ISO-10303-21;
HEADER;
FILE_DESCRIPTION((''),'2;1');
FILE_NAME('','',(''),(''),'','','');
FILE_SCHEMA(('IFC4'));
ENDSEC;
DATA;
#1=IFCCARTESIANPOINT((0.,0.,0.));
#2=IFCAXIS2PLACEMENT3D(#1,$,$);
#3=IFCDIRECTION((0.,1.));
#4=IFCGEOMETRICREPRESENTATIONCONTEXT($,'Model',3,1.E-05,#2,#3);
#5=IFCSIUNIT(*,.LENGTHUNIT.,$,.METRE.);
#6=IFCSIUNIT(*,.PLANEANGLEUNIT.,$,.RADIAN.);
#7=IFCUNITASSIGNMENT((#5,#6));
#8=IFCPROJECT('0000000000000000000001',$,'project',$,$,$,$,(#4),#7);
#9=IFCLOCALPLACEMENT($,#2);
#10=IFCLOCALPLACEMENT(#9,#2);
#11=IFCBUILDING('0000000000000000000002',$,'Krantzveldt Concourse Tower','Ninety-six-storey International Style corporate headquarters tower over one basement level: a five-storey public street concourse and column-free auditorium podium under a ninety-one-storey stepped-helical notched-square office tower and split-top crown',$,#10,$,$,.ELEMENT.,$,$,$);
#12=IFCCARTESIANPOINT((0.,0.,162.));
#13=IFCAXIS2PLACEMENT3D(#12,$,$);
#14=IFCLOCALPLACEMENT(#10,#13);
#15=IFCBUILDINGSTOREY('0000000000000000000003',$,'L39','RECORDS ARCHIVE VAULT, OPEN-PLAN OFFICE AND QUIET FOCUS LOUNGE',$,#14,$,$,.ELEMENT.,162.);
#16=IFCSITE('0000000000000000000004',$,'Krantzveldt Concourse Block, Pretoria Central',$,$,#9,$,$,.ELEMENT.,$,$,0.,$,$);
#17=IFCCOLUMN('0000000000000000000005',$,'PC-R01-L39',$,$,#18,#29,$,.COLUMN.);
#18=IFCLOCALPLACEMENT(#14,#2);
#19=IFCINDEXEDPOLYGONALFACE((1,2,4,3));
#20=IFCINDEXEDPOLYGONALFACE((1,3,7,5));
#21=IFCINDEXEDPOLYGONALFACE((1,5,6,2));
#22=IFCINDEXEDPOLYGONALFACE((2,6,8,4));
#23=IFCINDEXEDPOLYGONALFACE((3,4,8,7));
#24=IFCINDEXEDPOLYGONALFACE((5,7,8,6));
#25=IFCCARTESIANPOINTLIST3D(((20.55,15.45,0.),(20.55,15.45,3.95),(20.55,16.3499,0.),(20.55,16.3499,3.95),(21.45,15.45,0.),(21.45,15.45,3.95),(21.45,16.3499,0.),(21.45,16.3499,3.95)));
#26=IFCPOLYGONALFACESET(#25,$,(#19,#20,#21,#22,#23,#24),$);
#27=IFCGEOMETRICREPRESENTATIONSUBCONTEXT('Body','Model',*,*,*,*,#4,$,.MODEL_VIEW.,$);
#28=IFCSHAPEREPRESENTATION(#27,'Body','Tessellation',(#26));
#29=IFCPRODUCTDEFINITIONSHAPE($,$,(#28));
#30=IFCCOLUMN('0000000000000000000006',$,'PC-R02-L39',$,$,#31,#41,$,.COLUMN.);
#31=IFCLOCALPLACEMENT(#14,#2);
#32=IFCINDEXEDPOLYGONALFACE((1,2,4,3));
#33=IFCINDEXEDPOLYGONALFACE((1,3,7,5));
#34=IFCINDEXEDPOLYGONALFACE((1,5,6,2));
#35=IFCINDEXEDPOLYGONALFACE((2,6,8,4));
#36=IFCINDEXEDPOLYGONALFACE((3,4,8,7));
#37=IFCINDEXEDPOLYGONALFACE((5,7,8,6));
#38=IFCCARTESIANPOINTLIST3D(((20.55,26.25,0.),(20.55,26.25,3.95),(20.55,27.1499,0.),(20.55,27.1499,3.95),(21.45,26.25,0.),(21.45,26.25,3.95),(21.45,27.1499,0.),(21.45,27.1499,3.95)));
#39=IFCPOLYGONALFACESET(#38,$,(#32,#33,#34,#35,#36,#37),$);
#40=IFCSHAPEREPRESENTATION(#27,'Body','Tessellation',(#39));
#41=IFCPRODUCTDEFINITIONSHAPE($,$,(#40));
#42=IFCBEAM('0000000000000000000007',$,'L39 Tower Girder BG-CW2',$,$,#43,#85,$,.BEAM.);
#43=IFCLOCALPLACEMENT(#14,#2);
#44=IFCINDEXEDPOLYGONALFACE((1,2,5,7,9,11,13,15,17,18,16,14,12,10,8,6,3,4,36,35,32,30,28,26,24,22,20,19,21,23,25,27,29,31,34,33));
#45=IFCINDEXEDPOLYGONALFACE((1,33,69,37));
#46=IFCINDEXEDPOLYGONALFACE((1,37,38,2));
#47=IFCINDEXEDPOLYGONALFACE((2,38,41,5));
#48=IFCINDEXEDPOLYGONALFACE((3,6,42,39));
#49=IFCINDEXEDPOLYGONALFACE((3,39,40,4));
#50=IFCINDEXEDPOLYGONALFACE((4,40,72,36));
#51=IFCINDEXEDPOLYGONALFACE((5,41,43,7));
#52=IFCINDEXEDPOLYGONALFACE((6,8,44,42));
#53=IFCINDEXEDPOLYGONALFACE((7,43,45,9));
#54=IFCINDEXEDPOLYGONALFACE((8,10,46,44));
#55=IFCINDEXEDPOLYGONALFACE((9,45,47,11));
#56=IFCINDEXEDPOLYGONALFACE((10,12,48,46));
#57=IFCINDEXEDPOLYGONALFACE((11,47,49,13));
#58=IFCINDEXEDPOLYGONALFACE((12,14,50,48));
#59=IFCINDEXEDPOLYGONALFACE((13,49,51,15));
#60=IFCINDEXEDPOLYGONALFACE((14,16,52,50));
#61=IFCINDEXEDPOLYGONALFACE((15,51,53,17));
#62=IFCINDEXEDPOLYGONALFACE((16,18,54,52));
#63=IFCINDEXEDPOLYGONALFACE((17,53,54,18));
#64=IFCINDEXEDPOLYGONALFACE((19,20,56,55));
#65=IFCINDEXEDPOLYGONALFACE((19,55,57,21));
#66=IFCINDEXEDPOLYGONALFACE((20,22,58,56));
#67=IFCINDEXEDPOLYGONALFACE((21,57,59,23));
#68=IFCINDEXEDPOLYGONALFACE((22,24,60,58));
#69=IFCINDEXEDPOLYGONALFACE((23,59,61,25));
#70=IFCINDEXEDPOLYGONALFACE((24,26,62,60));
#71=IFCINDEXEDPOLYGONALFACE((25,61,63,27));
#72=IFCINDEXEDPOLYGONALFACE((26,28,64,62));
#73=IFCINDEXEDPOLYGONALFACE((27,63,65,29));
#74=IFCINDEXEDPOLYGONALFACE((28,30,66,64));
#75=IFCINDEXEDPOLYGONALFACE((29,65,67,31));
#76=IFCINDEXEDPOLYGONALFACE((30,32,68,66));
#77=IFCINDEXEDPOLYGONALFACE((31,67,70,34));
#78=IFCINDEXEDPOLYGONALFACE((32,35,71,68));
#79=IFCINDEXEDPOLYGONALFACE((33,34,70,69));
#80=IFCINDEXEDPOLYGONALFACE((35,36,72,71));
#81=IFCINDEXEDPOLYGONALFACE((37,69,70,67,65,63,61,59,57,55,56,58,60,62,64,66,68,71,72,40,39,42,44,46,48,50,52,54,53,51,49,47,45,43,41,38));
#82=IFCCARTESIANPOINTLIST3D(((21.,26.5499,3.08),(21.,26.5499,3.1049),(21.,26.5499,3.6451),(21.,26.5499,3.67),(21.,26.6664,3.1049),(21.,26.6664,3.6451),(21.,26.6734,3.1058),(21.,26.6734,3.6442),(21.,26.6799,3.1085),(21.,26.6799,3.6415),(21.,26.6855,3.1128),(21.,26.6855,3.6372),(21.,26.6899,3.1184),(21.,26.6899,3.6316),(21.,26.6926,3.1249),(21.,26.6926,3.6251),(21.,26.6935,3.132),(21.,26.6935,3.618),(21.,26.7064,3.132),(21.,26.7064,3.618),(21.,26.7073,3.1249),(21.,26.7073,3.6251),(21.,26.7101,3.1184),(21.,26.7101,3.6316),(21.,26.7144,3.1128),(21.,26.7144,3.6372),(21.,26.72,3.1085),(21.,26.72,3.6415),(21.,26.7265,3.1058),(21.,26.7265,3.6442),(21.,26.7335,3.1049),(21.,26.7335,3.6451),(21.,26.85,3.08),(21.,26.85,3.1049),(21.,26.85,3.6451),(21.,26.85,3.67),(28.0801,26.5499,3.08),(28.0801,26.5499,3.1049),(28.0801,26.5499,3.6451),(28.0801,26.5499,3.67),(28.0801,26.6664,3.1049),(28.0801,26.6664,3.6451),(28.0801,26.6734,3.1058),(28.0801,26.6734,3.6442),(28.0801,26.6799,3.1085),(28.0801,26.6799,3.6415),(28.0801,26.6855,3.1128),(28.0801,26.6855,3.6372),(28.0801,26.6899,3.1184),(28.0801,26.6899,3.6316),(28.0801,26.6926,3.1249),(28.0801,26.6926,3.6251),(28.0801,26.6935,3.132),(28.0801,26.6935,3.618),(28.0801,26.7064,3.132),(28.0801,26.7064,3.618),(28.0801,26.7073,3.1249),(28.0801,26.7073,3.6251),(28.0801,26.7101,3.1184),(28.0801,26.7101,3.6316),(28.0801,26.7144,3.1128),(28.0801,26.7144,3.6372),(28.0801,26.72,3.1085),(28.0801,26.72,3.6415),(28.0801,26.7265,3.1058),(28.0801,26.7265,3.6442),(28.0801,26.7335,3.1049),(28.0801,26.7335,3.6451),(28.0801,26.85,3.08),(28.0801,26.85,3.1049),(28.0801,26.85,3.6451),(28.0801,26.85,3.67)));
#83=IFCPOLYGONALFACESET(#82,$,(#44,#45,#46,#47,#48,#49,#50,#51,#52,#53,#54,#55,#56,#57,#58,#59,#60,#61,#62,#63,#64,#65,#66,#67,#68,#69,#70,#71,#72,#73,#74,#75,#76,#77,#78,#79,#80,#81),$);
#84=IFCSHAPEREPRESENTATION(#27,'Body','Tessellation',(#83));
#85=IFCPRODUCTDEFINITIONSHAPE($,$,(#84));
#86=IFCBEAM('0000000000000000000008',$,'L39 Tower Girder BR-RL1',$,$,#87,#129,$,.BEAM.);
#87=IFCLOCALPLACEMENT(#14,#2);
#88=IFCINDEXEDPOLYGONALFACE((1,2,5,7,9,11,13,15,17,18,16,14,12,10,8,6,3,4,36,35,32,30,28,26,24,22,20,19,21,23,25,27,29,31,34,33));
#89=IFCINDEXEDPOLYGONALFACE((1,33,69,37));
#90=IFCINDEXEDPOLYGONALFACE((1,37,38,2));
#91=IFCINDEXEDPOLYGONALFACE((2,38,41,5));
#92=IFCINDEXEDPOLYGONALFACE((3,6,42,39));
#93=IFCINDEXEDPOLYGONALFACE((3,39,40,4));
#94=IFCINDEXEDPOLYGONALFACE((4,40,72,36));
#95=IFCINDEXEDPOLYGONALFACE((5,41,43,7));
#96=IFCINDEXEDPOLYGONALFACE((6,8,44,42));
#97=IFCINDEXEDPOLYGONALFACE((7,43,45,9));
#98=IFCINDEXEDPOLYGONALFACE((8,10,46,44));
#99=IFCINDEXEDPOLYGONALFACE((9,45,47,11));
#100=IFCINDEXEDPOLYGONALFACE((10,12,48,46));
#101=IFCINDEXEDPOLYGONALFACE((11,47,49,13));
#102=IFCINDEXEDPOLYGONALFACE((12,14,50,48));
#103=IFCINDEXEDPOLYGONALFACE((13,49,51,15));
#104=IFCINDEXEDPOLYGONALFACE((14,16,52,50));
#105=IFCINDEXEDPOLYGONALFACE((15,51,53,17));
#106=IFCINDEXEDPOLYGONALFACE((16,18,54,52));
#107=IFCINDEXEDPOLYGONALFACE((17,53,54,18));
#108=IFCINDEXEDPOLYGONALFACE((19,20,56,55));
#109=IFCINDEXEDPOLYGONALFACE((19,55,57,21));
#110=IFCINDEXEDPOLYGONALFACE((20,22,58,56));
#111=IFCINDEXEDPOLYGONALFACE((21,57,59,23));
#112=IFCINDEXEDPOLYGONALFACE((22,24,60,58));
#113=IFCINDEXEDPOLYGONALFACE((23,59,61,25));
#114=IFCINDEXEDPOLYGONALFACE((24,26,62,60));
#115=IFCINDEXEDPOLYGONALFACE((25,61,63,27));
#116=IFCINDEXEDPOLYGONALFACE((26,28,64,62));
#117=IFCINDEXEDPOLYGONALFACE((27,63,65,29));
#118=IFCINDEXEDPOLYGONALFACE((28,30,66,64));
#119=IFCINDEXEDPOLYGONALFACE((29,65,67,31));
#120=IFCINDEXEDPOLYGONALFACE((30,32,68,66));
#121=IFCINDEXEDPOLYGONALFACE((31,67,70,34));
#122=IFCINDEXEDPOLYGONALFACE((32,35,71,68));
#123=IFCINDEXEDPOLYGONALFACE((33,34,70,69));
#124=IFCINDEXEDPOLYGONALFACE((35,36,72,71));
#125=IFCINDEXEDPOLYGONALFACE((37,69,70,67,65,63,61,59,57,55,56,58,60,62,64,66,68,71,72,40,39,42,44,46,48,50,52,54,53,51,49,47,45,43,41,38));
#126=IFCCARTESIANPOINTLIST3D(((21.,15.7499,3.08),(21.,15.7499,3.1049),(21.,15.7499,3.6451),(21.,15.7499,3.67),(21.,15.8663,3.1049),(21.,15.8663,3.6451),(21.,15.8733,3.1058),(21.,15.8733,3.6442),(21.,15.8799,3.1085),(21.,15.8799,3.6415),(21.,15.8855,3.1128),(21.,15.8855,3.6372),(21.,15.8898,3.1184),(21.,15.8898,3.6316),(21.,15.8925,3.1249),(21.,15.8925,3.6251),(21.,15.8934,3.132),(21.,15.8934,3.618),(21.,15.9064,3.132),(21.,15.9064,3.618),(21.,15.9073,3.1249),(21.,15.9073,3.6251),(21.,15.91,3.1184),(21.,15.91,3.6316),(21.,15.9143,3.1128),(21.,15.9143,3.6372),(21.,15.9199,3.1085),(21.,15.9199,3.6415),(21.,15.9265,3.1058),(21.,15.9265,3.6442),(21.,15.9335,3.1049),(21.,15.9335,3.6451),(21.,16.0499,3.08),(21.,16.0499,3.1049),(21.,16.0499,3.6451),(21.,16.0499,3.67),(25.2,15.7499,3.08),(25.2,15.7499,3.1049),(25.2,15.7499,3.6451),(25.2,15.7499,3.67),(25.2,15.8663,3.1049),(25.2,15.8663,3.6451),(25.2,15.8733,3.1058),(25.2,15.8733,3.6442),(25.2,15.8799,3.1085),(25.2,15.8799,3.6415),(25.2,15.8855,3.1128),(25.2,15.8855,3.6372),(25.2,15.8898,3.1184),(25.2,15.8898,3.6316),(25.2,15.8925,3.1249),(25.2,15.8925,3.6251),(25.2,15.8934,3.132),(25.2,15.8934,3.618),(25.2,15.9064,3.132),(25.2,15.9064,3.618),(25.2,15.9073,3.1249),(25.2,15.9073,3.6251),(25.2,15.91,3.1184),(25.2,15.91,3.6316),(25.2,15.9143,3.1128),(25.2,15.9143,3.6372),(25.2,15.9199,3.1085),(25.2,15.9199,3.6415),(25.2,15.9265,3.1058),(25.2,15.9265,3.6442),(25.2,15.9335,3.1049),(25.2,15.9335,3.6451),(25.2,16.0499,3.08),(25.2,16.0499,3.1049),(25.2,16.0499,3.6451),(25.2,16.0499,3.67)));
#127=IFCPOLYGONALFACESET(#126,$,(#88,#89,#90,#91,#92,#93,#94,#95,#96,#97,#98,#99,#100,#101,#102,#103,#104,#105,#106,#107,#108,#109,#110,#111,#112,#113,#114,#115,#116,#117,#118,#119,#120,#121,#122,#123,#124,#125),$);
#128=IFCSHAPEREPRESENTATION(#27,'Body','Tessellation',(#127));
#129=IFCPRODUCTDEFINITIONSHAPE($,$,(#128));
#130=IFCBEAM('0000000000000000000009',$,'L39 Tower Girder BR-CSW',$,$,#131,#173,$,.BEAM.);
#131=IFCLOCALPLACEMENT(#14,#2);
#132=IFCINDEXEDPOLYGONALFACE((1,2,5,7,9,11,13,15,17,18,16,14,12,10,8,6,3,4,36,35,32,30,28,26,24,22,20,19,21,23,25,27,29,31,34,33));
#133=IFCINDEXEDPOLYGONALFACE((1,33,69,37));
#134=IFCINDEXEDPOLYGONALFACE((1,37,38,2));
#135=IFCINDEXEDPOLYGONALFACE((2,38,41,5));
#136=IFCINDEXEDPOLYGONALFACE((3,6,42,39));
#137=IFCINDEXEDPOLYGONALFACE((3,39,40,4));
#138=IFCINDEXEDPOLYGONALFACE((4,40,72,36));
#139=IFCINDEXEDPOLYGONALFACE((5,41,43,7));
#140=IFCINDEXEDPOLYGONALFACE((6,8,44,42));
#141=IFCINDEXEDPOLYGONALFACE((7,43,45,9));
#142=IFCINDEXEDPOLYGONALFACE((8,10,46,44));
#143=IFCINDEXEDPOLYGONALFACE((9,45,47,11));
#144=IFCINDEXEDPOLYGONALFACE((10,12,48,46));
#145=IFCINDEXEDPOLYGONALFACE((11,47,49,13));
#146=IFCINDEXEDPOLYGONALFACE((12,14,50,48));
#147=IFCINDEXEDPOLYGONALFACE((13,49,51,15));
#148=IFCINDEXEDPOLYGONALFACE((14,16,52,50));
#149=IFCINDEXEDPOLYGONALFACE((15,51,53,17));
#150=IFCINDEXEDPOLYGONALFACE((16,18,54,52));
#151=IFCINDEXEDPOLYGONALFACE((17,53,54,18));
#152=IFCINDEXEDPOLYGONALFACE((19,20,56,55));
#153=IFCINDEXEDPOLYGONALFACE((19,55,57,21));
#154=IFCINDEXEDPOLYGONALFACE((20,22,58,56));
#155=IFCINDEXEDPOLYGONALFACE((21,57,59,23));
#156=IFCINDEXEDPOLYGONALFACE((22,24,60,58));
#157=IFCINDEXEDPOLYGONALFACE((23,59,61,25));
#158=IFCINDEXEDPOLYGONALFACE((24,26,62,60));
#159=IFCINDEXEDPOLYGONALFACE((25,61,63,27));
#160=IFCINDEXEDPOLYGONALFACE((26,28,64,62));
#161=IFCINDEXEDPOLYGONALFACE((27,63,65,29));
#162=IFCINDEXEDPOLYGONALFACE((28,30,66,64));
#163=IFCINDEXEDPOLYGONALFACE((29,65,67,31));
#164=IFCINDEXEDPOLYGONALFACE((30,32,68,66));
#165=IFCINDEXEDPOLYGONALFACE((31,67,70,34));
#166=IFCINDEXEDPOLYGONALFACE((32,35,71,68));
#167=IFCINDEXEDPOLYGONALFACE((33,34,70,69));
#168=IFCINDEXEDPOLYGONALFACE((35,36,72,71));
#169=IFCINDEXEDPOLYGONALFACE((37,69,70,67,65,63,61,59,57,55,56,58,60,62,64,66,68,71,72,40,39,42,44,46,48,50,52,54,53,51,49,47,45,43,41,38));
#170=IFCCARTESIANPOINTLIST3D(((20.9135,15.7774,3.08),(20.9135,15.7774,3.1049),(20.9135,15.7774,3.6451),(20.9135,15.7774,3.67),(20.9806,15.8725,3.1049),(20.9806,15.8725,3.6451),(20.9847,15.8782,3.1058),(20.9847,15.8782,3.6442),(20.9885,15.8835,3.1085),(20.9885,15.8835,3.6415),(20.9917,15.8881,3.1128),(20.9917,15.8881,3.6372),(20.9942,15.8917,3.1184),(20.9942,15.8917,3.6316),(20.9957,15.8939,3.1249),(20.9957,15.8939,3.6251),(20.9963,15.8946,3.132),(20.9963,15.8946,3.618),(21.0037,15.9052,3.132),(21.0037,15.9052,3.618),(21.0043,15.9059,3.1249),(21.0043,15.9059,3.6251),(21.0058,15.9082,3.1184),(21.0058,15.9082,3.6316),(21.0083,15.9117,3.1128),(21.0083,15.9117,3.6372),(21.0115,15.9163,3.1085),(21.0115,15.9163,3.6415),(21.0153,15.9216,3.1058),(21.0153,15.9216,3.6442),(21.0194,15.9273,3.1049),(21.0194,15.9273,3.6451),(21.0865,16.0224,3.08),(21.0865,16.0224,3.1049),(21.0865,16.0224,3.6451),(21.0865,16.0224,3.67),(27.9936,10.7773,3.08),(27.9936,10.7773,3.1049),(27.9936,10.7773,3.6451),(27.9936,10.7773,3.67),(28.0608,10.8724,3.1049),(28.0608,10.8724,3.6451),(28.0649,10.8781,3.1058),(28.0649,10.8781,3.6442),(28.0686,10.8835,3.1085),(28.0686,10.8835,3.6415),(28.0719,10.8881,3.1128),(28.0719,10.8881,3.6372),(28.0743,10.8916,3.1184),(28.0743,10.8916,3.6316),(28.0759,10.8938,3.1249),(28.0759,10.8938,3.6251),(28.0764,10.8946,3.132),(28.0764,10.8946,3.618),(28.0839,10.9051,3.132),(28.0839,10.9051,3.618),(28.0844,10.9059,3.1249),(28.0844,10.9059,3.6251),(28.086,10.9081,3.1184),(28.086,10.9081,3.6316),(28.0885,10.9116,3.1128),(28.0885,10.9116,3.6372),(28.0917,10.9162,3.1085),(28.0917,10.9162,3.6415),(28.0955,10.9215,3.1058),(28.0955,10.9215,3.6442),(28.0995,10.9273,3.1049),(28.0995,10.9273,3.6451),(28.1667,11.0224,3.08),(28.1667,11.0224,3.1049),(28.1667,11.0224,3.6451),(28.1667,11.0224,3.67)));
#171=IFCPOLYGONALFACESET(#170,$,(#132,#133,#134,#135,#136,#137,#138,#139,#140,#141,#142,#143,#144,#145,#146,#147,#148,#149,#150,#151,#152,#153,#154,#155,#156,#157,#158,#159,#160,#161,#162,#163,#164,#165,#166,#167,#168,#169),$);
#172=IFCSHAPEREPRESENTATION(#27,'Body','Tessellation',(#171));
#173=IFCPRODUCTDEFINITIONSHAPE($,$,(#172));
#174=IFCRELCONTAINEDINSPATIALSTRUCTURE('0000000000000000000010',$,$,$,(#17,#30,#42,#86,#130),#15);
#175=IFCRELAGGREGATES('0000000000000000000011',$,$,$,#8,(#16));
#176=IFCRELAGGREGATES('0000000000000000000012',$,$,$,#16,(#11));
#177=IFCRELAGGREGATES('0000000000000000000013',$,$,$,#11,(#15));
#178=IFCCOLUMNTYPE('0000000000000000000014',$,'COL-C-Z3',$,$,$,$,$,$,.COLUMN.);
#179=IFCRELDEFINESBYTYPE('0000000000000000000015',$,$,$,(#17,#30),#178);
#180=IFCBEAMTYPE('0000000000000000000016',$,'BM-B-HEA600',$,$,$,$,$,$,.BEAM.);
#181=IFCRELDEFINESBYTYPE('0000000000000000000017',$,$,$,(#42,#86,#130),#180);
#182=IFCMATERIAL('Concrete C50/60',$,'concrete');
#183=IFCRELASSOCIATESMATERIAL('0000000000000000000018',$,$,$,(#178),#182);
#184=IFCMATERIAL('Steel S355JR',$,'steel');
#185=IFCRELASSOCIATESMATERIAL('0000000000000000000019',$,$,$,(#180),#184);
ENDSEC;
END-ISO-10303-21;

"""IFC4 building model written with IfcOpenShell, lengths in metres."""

from ifc_helpers import new_model, si_unit, direction, frame, origin, origin_2d, place, context, subcontext, project, spatial, rectangle, i_section, extrude, source, transform, mapped, material, material_profile, profile_set, type_object, type_shapes, element, save


model = new_model("IFC4")

# Units and contexts
model_context = context("Model", 3, precision=1e-05, world=origin(), true_north=direction((0.0, 1.0)))
body_context = subcontext(model_context, "Body", "Model", "MODEL_VIEW")
ifc_project = project(units=[si_unit("LENGTHUNIT", "METRE"), si_unit("PLANEANGLEUNIT", "RADIAN")], contexts=[model_context])

# Site, building, storey
site_placement = place(None, origin())
site = spatial("IfcSite", under=ifc_project, at=site_placement, Name="Krantzveldt Concourse Block, Pretoria Central", CompositionType="ELEMENT", RefElevation=0.0)
building_placement = place(site_placement, origin())
building = spatial("IfcBuilding", under=site, at=building_placement, Name="Krantzveldt Concourse Tower", Description="Ninety-six-storey International Style corporate headquarters tower over one basement level: a five-storey public street concourse and column-free auditorium podium under a ninety-one-storey stepped-helical notched-square office tower and split-top crown", CompositionType="ELEMENT")
storey_placement = place(building_placement, frame((0.0, 0.0, 162.0)))
storey = spatial("IfcBuildingStorey", under=building, at=storey_placement, Name="L39", Description="RECORDS ARCHIVE VAULT, OPEN-PLAN OFFICE AND QUIET FOCUS LOUNGE", CompositionType="ELEMENT", Elevation=162.0)

# Columns
ifc_material_1 = material(Name="Concrete C50/60", Category="concrete")
ifc_material_profile_1 = material_profile(ifc_material_1, rectangle(XDim=0.8999, YDim=0.8999, at=origin_2d()), Name="Concrete C50/60", Category="concrete")
ifc_profile_set_1 = profile_set([ifc_material_profile_1], Name="Concrete C50/60 - RC 900x900")
column_type = type_object("IfcColumnType", Name="COL-C-Z3", PredefinedType="COLUMN", material=ifc_profile_set_1)
shared_shape_1 = source(origin(), body_context, "Body", "SweptSolid", [
    extrude(rectangle(XDim=0.8999, YDim=0.8999, at=origin_2d()), origin(), (0.0, 0.0, 1.0), 3.95),
])
type_shapes(column_type, [shared_shape_1])
for number, where, z_axis, x_axis, name in (
    (1, (21.0, 15.8999, 0.0), (0.0, 0.0, 1.0), (1.0, 0.0, 0.0), "PC-R01-L39"),
    (2, (21.0, 26.7, 0.0), (0.0, 0.0, 1.0), (1.0, 0.0, 0.0), "PC-R02-L39"),
):
    element("IfcColumn", number, at=place(storey_placement, frame(where, z_axis=z_axis, x_axis=x_axis)), inside=storey, type_object=column_type, Name=name, PredefinedType="COLUMN", context=body_context, shape_type="MappedRepresentation", body=[
        mapped(shared_shape_1, transform((0.0, 0.0, 0.0), x_axis=(1.0, 0.0, 0.0), y_axis=(0.0, 1.0, 0.0), z_axis=(0.0, 0.0, 1.0), scale=1.0)),
    ])

# Beams
ifc_material_2 = material(Name="Steel S355JR", Category="steel")
ifc_material_profile_2 = material_profile(ifc_material_2, i_section(OverallWidth=0.3, OverallDepth=0.5901, WebThickness=0.0129, FlangeThickness=0.0249, FilletRadius=0.0271, at=origin_2d()), Name="Steel S355JR", Category="steel")
ifc_profile_set_2 = profile_set([ifc_material_profile_2], Name="Steel S355JR - HEA 600")
beam_type_1 = type_object("IfcBeamType", Name="BM-B-HEA600", PredefinedType="BEAM", material=ifc_profile_set_2)
shared_shape_2 = source(origin(), body_context, "Body", "SweptSolid", [
    extrude(i_section(OverallWidth=0.3, OverallDepth=0.5901, WebThickness=0.0129, FlangeThickness=0.0249, FilletRadius=0.0271, at=origin_2d()), origin(), (0.0, 0.0, 1.0), 7.0801),
])
beam_1_placement = place(storey_placement, frame((21.0, 26.7, 3.375), z_axis=(1.0, 0.0, 0.0), x_axis=(0.0, 1.0, 0.0)))
element("IfcBeam", 3, at=beam_1_placement, inside=storey, type_object=beam_type_1, Name="L39 Tower Girder BG-CW2", PredefinedType="BEAM", context=body_context, shape_type="MappedRepresentation", body=[
    mapped(shared_shape_2, transform((0.0, 0.0, 0.0), x_axis=(1.0, 0.0, 0.0), y_axis=(0.0, 1.0, 0.0), z_axis=(0.0, 0.0, 1.0), scale=1.0)),
])
shared_shape_3 = source(origin(), body_context, "Body", "SweptSolid", [
    extrude(i_section(OverallWidth=0.3, OverallDepth=0.5901, WebThickness=0.0129, FlangeThickness=0.0249, FilletRadius=0.0271, at=origin_2d()), origin(), (0.0, 0.0, 1.0), 4.2),
])
beam_2_placement = place(storey_placement, frame((21.0, 15.8999, 3.375), z_axis=(1.0, 0.0, 0.0), x_axis=(0.0, 1.0, 0.0)))
element("IfcBeam", 4, at=beam_2_placement, inside=storey, type_object=beam_type_1, Name="L39 Tower Girder BR-RL1", PredefinedType="BEAM", context=body_context, shape_type="MappedRepresentation", body=[
    mapped(shared_shape_3, transform((0.0, 0.0, 0.0), x_axis=(1.0, 0.0, 0.0), y_axis=(0.0, 1.0, 0.0), z_axis=(0.0, 0.0, 1.0), scale=1.0)),
])
shared_shape_4 = source(origin(), body_context, "Body", "SweptSolid", [
    extrude(i_section(OverallWidth=0.3, OverallDepth=0.5901, WebThickness=0.0129, FlangeThickness=0.0249, FilletRadius=0.0271, at=origin_2d()), origin(), (0.0, 0.0, 1.0), 8.6677),
])
type_shapes(beam_type_1, [shared_shape_2, shared_shape_3, shared_shape_4])
beam_3_placement = place(storey_placement, frame((21.0, 15.8999, 3.375), z_axis=(0.816843, -0.57686, 0.0), x_axis=(0.57686, 0.816843, 0.0)))
element("IfcBeam", 5, at=beam_3_placement, inside=storey, type_object=beam_type_1, Name="L39 Tower Girder BR-CSW", PredefinedType="BEAM", context=body_context, shape_type="MappedRepresentation", body=[
    mapped(shared_shape_4, transform((0.0, 0.0, 0.0), x_axis=(1.0, 0.0, 0.0), y_axis=(0.0, 1.0, 0.0), z_axis=(0.0, 0.0, 1.0), scale=1.0)),
])

save(model, "model.ifc")
